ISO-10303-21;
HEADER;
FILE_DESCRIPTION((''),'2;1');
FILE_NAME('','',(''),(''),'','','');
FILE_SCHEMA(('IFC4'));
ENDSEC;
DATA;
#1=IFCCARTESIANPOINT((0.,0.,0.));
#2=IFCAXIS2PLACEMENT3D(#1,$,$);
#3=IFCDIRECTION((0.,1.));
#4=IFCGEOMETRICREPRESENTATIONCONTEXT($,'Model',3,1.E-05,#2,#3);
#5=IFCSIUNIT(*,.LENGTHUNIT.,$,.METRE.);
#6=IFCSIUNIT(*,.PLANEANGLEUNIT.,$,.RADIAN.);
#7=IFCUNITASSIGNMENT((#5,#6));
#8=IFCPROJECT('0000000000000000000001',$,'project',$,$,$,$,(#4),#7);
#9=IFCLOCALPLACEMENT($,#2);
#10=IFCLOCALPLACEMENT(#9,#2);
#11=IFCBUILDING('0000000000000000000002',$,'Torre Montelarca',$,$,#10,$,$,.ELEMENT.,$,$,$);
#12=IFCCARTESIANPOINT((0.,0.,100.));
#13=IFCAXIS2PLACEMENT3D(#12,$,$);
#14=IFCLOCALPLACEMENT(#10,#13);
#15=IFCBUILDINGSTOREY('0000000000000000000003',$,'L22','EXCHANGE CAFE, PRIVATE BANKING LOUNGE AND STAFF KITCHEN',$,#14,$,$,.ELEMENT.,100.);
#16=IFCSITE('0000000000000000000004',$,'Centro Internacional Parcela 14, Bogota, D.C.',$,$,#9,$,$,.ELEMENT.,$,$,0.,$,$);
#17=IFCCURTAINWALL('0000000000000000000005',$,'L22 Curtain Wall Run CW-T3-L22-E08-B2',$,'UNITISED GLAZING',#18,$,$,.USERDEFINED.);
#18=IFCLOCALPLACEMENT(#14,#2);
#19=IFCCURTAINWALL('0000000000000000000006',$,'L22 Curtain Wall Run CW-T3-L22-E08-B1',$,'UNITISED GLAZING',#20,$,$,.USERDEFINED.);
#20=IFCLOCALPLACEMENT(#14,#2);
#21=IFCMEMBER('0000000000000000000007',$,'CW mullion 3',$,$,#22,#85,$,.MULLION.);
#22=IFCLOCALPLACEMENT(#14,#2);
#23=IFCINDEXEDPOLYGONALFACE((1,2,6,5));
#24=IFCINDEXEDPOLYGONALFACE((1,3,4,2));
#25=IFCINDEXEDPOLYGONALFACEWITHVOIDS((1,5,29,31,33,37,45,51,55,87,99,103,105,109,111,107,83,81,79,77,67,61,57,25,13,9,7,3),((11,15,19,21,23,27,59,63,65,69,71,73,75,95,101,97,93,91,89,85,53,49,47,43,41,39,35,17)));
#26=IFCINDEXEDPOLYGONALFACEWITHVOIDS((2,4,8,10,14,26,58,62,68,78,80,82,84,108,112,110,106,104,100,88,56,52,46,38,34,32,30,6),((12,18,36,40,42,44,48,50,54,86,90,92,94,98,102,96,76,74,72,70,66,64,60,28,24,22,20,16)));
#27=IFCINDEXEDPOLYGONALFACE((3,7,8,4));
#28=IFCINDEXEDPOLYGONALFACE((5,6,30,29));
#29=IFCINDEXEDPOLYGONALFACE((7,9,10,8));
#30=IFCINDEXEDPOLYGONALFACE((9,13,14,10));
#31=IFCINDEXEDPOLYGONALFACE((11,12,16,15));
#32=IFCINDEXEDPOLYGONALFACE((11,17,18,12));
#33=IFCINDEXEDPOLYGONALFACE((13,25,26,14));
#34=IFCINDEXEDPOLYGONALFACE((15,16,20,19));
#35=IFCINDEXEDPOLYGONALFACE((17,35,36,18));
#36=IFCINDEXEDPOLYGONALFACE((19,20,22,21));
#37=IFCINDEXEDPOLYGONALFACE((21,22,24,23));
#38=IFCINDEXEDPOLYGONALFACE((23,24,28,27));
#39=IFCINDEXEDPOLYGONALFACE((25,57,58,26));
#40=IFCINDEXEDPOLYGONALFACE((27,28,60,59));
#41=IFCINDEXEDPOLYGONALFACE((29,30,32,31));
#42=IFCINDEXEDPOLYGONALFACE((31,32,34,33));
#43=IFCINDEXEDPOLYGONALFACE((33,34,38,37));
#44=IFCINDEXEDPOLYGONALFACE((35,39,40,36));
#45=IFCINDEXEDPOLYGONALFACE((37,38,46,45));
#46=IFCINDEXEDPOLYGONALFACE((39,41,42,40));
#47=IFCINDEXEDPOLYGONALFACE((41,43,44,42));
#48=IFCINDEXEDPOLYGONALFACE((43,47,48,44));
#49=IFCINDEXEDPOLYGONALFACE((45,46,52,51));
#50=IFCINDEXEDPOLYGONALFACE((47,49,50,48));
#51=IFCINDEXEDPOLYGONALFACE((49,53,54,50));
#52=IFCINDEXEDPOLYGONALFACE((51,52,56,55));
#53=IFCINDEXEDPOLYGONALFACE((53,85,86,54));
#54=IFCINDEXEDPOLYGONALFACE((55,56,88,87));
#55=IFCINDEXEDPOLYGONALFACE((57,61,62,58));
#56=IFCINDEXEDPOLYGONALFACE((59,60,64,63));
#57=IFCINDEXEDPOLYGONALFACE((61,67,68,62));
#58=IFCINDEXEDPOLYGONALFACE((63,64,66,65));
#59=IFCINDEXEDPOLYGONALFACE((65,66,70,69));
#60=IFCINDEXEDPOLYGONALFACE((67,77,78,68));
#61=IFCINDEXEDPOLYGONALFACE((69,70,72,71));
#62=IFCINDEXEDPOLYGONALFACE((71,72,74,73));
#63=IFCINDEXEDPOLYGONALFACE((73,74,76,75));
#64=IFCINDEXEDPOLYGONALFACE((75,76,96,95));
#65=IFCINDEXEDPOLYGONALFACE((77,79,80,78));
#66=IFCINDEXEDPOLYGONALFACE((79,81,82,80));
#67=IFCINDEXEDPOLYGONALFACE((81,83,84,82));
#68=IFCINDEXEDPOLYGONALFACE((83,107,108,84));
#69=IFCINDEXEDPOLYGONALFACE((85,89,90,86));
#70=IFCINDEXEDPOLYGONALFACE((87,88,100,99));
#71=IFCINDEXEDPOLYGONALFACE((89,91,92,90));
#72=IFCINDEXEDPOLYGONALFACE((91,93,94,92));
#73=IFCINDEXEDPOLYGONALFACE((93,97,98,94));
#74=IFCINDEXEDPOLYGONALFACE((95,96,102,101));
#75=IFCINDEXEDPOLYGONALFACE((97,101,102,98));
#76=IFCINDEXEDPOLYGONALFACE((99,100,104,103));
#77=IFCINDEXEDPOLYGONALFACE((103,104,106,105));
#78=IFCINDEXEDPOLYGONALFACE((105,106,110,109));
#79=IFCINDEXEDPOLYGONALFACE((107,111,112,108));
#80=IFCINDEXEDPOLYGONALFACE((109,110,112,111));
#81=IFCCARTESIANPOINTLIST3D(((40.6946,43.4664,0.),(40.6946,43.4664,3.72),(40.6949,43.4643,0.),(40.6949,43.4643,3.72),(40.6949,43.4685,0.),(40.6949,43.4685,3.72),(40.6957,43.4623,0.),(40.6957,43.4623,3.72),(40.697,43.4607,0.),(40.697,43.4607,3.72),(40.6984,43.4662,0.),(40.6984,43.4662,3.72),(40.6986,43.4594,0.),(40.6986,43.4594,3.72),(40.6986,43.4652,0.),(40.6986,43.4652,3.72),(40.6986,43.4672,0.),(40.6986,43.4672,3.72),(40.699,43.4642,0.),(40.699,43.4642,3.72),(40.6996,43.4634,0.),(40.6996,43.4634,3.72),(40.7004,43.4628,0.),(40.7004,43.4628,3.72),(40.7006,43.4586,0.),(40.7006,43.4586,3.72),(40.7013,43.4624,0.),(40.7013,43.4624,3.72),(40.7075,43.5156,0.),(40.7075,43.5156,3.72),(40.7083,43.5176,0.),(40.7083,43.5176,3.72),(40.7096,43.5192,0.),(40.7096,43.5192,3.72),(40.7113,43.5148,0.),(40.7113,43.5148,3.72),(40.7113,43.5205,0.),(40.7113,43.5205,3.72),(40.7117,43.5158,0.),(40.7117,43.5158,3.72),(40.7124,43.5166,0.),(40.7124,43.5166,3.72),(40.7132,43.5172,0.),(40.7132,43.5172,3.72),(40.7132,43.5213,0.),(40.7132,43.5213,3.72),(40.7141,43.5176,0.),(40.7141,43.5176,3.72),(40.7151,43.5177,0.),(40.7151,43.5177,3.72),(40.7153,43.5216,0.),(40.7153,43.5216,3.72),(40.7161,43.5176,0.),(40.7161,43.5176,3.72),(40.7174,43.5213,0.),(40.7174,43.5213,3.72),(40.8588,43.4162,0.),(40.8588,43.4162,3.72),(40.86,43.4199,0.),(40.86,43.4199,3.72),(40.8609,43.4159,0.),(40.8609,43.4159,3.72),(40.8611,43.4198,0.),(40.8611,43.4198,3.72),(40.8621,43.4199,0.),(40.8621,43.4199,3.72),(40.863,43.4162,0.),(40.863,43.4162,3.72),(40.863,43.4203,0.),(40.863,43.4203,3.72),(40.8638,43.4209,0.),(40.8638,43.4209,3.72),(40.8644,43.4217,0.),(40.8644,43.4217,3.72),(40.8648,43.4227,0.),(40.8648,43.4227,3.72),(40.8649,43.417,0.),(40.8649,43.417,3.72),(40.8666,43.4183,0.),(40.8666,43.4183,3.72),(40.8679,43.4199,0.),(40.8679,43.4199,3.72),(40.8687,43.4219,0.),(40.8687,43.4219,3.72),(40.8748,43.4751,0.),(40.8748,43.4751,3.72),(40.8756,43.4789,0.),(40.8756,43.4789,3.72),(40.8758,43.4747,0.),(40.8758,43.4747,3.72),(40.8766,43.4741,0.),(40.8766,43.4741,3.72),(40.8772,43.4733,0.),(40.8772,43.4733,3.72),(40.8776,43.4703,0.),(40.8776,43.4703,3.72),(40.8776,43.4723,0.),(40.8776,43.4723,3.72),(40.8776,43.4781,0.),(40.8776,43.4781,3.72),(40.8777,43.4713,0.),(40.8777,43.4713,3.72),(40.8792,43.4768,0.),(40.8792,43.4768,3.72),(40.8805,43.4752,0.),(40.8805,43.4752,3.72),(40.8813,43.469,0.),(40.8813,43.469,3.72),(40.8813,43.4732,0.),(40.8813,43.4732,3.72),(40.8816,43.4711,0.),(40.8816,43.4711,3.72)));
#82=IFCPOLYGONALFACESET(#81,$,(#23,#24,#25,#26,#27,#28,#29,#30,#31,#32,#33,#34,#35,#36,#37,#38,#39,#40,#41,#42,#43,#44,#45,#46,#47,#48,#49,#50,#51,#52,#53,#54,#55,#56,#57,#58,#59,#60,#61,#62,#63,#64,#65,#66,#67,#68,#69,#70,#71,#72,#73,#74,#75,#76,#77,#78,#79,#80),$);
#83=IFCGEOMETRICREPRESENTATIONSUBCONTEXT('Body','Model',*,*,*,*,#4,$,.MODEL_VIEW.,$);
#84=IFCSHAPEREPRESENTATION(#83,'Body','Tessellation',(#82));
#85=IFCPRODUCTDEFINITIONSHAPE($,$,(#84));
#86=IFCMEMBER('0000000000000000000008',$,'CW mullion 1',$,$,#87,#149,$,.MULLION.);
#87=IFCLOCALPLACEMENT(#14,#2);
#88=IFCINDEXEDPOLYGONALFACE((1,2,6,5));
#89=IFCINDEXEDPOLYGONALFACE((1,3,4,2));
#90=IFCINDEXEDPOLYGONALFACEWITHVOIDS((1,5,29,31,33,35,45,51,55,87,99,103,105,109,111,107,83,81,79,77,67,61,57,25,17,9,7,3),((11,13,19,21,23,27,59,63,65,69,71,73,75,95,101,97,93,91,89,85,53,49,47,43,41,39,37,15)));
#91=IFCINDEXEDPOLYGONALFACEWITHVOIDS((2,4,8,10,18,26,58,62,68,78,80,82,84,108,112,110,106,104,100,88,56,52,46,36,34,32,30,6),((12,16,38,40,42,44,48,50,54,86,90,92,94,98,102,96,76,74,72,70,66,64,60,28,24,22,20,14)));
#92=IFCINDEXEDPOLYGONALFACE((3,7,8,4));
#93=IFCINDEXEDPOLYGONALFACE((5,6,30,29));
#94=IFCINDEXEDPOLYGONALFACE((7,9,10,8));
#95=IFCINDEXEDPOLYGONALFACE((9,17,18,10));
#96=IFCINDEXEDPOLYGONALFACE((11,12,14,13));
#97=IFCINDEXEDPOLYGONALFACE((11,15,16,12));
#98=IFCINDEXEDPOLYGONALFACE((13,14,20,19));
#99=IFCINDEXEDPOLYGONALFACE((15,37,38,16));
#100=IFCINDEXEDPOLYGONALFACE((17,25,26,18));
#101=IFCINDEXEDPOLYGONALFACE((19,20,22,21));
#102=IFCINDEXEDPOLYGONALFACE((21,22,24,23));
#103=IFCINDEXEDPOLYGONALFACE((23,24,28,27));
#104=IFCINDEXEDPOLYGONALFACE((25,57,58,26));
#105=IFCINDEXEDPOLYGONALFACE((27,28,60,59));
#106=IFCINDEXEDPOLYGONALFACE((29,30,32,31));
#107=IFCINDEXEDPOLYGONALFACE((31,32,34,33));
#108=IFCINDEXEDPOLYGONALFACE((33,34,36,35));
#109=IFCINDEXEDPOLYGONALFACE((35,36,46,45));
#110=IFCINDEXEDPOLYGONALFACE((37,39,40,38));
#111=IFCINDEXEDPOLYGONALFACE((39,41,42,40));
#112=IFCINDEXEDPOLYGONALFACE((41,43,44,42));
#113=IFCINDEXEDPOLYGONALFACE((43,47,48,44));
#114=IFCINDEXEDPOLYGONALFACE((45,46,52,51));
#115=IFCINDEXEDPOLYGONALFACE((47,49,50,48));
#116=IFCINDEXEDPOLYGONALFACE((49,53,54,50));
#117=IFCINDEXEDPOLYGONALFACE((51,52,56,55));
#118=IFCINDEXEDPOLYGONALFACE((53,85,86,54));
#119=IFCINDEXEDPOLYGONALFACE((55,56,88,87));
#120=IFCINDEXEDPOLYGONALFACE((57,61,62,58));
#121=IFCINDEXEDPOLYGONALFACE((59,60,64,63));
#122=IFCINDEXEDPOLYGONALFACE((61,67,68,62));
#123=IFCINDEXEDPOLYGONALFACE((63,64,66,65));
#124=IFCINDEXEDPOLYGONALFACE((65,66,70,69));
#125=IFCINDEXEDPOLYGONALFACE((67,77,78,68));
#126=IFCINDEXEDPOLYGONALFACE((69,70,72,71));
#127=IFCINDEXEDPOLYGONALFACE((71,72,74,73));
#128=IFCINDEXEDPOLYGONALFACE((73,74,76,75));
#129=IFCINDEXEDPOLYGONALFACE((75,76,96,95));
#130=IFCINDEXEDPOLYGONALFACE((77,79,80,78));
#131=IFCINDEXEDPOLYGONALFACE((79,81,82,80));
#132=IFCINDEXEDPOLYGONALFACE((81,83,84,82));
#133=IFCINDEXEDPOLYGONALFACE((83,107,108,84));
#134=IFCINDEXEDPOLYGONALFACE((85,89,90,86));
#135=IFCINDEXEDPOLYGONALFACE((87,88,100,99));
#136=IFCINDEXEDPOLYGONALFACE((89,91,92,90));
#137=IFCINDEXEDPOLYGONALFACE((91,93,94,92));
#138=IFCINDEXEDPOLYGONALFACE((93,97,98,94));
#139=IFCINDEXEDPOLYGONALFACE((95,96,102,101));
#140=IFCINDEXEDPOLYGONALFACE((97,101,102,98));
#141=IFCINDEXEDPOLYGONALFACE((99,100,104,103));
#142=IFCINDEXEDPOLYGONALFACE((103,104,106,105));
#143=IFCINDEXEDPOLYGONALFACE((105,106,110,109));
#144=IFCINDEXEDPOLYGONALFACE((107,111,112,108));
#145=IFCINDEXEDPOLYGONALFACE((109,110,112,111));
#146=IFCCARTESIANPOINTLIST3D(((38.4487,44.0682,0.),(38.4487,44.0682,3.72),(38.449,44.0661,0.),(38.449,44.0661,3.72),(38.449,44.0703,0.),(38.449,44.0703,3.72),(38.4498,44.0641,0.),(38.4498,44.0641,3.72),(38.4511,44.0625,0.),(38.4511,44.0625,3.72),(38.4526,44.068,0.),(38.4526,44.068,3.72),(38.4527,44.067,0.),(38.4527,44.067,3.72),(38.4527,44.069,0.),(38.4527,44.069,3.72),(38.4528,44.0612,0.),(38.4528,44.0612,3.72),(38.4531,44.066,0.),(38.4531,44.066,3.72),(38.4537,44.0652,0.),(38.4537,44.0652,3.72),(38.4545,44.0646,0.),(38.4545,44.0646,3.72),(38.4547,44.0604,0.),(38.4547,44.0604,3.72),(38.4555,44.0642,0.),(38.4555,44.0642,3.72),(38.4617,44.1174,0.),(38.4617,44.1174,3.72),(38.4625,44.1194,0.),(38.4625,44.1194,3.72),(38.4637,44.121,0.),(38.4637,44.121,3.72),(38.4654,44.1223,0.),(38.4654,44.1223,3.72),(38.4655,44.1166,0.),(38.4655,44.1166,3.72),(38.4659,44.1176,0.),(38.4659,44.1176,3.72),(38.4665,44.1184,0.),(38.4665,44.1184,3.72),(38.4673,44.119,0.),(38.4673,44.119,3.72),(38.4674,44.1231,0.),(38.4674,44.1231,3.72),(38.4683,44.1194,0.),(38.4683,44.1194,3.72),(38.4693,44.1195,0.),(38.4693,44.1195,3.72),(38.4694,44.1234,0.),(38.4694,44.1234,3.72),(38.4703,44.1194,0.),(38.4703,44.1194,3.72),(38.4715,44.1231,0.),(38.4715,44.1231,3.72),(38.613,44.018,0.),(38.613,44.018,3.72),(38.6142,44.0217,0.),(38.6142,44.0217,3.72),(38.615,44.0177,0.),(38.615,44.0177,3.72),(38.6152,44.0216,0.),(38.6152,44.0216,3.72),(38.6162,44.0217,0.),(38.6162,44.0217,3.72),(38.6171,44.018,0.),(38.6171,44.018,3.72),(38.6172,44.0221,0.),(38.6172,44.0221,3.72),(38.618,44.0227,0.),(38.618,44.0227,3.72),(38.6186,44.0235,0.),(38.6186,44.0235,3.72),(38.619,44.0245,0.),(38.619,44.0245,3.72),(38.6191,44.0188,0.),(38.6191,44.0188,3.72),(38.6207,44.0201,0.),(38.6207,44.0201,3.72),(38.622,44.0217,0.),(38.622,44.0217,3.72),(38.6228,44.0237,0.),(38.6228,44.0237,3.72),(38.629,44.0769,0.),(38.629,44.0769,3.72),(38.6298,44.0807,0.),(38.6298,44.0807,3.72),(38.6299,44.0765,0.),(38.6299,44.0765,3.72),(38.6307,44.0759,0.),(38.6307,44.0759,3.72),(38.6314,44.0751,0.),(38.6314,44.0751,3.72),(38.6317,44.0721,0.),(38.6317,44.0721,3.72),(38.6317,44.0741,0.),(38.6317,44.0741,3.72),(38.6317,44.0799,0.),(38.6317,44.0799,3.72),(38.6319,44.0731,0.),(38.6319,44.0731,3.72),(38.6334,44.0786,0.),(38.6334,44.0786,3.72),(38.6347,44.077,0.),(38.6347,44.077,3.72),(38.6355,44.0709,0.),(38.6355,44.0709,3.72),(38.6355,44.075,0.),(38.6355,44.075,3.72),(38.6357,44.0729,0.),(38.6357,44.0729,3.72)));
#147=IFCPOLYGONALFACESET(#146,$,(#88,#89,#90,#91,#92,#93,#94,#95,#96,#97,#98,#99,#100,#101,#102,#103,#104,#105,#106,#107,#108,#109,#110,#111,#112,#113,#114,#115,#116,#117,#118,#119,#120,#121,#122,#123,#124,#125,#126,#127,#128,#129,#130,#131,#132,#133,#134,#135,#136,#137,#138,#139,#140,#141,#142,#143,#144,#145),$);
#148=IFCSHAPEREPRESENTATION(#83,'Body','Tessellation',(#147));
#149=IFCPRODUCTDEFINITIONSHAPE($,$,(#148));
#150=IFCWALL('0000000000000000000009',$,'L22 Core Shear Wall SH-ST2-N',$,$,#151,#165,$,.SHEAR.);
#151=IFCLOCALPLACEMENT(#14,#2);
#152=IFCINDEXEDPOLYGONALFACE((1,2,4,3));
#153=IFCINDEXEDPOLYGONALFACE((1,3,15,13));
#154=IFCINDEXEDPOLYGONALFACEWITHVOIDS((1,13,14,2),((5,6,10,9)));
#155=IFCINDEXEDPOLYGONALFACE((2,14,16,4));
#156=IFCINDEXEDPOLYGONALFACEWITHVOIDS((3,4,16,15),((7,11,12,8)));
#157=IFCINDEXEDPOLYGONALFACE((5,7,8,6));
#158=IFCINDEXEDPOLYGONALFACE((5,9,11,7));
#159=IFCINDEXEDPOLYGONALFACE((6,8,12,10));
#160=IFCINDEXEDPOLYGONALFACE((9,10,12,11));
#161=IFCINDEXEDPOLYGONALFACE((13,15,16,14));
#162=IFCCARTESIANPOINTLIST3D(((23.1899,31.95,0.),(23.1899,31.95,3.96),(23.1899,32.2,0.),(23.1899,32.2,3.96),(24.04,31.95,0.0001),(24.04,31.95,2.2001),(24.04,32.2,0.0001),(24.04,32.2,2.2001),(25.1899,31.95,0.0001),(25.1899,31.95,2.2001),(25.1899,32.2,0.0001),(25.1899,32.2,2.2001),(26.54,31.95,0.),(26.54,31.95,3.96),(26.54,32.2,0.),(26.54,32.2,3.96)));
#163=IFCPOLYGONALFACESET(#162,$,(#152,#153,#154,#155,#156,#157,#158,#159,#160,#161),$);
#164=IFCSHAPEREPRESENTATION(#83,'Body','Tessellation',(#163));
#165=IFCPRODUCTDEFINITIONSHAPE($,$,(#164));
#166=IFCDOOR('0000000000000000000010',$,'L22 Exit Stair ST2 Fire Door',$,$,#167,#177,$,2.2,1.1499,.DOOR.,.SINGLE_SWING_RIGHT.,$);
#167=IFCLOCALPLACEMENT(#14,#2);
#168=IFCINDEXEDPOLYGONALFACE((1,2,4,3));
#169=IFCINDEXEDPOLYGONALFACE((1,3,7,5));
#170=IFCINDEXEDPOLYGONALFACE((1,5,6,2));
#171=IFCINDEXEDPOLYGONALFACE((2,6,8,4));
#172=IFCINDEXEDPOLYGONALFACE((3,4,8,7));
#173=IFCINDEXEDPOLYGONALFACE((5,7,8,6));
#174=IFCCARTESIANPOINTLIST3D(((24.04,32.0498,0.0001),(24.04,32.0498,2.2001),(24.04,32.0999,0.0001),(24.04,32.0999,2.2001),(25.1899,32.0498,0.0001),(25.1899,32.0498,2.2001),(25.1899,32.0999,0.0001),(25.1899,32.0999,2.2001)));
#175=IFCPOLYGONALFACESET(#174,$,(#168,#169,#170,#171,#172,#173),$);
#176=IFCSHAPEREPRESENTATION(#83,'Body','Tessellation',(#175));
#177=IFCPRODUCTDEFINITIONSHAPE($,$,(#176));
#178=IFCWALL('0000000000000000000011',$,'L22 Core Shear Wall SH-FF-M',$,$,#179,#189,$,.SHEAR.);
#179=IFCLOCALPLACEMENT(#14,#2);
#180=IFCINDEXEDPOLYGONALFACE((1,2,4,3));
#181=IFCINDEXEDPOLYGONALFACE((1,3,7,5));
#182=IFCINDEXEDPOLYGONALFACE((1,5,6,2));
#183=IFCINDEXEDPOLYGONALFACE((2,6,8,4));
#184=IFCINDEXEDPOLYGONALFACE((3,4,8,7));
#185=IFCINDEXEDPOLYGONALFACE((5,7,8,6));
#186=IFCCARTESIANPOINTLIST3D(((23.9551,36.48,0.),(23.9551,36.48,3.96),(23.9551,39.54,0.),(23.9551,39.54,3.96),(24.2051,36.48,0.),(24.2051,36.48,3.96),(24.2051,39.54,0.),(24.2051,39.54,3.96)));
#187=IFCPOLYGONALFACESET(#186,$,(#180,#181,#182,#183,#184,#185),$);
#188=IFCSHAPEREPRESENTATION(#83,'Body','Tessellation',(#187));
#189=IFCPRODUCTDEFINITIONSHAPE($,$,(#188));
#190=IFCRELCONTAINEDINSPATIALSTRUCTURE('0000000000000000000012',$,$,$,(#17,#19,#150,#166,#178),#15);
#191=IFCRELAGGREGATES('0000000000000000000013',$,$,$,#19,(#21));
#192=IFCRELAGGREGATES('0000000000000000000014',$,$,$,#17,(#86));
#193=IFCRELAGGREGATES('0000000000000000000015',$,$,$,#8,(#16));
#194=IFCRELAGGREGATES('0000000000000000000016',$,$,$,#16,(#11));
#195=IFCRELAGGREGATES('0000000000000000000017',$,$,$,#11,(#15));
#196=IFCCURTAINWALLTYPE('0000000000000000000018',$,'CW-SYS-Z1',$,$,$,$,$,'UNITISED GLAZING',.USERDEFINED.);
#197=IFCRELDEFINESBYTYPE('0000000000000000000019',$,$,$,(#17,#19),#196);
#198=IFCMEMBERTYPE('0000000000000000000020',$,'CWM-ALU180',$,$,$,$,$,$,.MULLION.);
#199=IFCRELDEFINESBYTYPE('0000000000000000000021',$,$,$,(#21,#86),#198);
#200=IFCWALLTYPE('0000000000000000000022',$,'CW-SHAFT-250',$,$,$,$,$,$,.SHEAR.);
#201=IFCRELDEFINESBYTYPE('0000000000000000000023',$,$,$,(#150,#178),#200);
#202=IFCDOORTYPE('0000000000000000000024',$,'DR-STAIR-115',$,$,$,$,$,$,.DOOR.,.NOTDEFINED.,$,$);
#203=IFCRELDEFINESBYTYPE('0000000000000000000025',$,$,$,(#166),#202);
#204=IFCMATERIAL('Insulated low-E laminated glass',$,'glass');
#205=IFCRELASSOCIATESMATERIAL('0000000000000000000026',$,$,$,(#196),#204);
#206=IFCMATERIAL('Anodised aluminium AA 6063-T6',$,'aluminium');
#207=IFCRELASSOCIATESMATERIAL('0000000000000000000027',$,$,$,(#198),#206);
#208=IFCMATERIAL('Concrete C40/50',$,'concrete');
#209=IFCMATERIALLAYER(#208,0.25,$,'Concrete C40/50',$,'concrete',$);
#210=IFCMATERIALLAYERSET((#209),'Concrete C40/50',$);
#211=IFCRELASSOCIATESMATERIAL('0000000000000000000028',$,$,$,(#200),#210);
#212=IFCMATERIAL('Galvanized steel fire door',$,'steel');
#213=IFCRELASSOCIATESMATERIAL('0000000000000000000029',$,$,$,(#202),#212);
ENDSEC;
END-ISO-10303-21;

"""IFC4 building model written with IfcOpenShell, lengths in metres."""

from ifc_helpers import new_model, si_unit, direction, frame, frame_2d, origin, origin_2d, place, context, subcontext, project, spatial, rectangle, hollow_rectangle, extrude, source, transform, mapped, material, layer, layer_set, material_profile, profile_set, type_object, element, fill, aggregate, save


model = new_model("IFC4")

# Units and contexts
model_context = context("Model", 3, precision=1e-05, world=origin(), true_north=direction((0.0, 1.0)))
body_context = subcontext(model_context, "Body", "Model", "MODEL_VIEW")
ifc_project = project(units=[si_unit("LENGTHUNIT", "METRE"), si_unit("PLANEANGLEUNIT", "RADIAN")], contexts=[model_context])

# Site, building, storey
site_placement = place(None, origin())
site = spatial("IfcSite", under=ifc_project, at=site_placement, Name="Centro Internacional Parcela 14, Bogota, D.C.", CompositionType="ELEMENT", RefElevation=0.0)
building_placement = place(site_placement, origin())
building = spatial("IfcBuilding", under=site, at=building_placement, Name="Torre Montelarca", CompositionType="ELEMENT")
storey_placement = place(building_placement, frame((0.0, 0.0, 100.0)))
storey = spatial("IfcBuildingStorey", under=building, at=storey_placement, Name="L22", Description="EXCHANGE CAFE, PRIVATE BANKING LOUNGE AND STAFF KITCHEN", CompositionType="ELEMENT", Elevation=100.0)

# Curtain wall
ifc_material_1 = material(Name="Insulated low-E laminated glass", Category="glass")
curtain_wall_type = type_object("IfcCurtainWallType", Name="CW-SYS-Z1", ElementType="UNITISED GLAZING", PredefinedType="USERDEFINED", material=ifc_material_1)
curtain_wall_1_placement = place(storey_placement, origin())
curtain_wall_1 = element("IfcCurtainWall", 1, at=curtain_wall_1_placement, inside=storey, type_object=curtain_wall_type, Name="L22 Curtain Wall Run CW-T3-L22-E08-B2", ObjectType="UNITISED GLAZING", PredefinedType="USERDEFINED")
ifc_material_2 = material(Name="Anodised aluminium AA 6063-T6", Category="aluminium")

# Curtain wall, member
curtain_wall_2_placement = place(storey_placement, origin())
curtain_wall_2 = element("IfcCurtainWall", 2, at=curtain_wall_2_placement, inside=storey, type_object=curtain_wall_type, Name="L22 Curtain Wall Run CW-T3-L22-E08-B1", ObjectType="UNITISED GLAZING", PredefinedType="USERDEFINED")
ifc_material_profile_1 = material_profile(ifc_material_2, hollow_rectangle(XDim=0.0649, YDim=0.1799, WallThickness=0.0039, InnerFilletRadius=0.0039, OuterFilletRadius=0.0081, at=origin_2d()), Name="ALU65X180X4", Category="aluminium")
ifc_profile_set_1 = profile_set([ifc_material_profile_1], Name="Anodised aluminium AA 6063-T6")
member_type_1 = type_object("IfcMemberType", Name="CWM-ALU180", PredefinedType="MULLION", material=ifc_profile_set_1)
shared_shape_1 = source(origin(), body_context, "Body", "SweptSolid", [
    extrude(hollow_rectangle(XDim=0.0649, YDim=0.1799, WallThickness=0.0039, InnerFilletRadius=0.0039, OuterFilletRadius=0.0081, at=origin_2d()), origin(), (0.0, 0.0, 1.0), 3.72),
])
member_1_placement = place(storey_placement, frame((40.7881, 43.4688, 0.0), z_axis=(0.0, 0.0, 1.0), x_axis=(-0.258818, -0.965926, 0.0)))
member_1 = element("IfcMember", 3, at=member_1_placement, type_object=member_type_1, Name="CW mullion 3", PredefinedType="MULLION", context=body_context, shape_type="MappedRepresentation", body=[
    mapped(shared_shape_1, transform((0.0, 0.0, 0.0), scale=1.0)),
])
aggregate(curtain_wall_2, [member_1])

# Member
member_2_placement = place(storey_placement, frame((38.5422, 44.0706, 0.0), z_axis=(0.0, 0.0, 1.0), x_axis=(-0.258815, -0.965927, 0.0)))
member_2 = element("IfcMember", 4, at=member_2_placement, type_object=member_type_1, Name="CW mullion 1", PredefinedType="MULLION", context=body_context, shape_type="MappedRepresentation", body=[
    mapped(shared_shape_1, transform((0.0, 0.0, 0.0), scale=1.0)),
])
aggregate(curtain_wall_1, [member_2])

# Wall, opening, door
ifc_material_3 = material(Name="Concrete C40/50", Category="concrete")
ifc_layer_1 = layer(ifc_material_3, 0.25, Name="Concrete C40/50", Category="concrete")
ifc_layer_set_1 = layer_set([ifc_layer_1], Name="Concrete C40/50")
wall_type_1 = type_object("IfcWallType", Name="CW-SHAFT-250", PredefinedType="SHEAR", material=ifc_layer_set_1)
wall_1_placement = place(storey_placement, frame((23.1899, 32.075, 0.0), z_axis=(0.0, 0.0, 1.0), x_axis=(1.0, 0.0, 0.0)))
wall_1 = element("IfcWall", 5, at=wall_1_placement, inside=storey, type_object=wall_type_1, Name="L22 Core Shear Wall SH-ST2-N", PredefinedType="SHEAR", context=body_context, shape_type="SweptSolid", body=[
    extrude(rectangle(XDim=3.3501, YDim=0.25, at=frame_2d((1.675, 0.0))), origin(), (0.0, 0.0, 1.0), 3.96),
])
opening_1_placement = place(wall_1_placement, frame((0.8501, 0.0, 0.0)))
opening_1 = element("IfcOpeningElement", 6, at=opening_1_placement, cuts=wall_1, PredefinedType="OPENING", context=body_context, shape_type="SweptSolid", body=[
    extrude(rectangle(XDim=1.1499, YDim=2.2, at=frame_2d((0.575, 1.1001))), frame((0.0, 0.135, 0.0), z_axis=(0.0, -1.0, 0.0), x_axis=(1.0, 0.0, 0.0)), (0.0, 0.0, 1.0), 0.27),
])
ifc_material_4 = material(Name="Galvanized steel fire door", Category="steel")
door_type_1 = type_object("IfcDoorType", Name="DR-STAIR-115", OperationType="NOTDEFINED", PredefinedType="DOOR", material=ifc_material_4)
shared_shape_2 = source(origin(), body_context, "Body", "SweptSolid", [
    extrude(rectangle(XDim=1.1499, YDim=2.2, at=frame_2d((0.575, 1.1001))), frame((0.0, 0.0249, 0.0), z_axis=(0.0, -1.0, 0.0), x_axis=(1.0, 0.0, 0.0)), (0.0, 0.0, 1.0), 0.05),
])
door_1_placement = place(opening_1_placement, origin())
door_1 = element("IfcDoor", 7, at=door_1_placement, inside=storey, type_object=door_type_1, Name="L22 Exit Stair ST2 Fire Door", OperationType="SINGLE_SWING_RIGHT", OverallHeight=2.2, OverallWidth=1.1499, PredefinedType="DOOR", context=body_context, shape_type="MappedRepresentation", body=[
    mapped(shared_shape_2, transform((0.0, 0.0, 0.0), scale=1.0)),
])
fill(opening_1, door_1)

# Wall
wall_2_placement = place(storey_placement, frame((24.0801, 36.48, 0.0), z_axis=(0.0, 0.0, 1.0), x_axis=(0.0, 1.0, 0.0)))
element("IfcWall", 8, at=wall_2_placement, inside=storey, type_object=wall_type_1, Name="L22 Core Shear Wall SH-FF-M", PredefinedType="SHEAR", context=body_context, shape_type="SweptSolid", body=[
    extrude(rectangle(XDim=3.0601, YDim=0.25, at=frame_2d((1.53, 0.0))), origin(), (0.0, 0.0, 1.0), 3.96),
])

save(model, "model.ifc")
